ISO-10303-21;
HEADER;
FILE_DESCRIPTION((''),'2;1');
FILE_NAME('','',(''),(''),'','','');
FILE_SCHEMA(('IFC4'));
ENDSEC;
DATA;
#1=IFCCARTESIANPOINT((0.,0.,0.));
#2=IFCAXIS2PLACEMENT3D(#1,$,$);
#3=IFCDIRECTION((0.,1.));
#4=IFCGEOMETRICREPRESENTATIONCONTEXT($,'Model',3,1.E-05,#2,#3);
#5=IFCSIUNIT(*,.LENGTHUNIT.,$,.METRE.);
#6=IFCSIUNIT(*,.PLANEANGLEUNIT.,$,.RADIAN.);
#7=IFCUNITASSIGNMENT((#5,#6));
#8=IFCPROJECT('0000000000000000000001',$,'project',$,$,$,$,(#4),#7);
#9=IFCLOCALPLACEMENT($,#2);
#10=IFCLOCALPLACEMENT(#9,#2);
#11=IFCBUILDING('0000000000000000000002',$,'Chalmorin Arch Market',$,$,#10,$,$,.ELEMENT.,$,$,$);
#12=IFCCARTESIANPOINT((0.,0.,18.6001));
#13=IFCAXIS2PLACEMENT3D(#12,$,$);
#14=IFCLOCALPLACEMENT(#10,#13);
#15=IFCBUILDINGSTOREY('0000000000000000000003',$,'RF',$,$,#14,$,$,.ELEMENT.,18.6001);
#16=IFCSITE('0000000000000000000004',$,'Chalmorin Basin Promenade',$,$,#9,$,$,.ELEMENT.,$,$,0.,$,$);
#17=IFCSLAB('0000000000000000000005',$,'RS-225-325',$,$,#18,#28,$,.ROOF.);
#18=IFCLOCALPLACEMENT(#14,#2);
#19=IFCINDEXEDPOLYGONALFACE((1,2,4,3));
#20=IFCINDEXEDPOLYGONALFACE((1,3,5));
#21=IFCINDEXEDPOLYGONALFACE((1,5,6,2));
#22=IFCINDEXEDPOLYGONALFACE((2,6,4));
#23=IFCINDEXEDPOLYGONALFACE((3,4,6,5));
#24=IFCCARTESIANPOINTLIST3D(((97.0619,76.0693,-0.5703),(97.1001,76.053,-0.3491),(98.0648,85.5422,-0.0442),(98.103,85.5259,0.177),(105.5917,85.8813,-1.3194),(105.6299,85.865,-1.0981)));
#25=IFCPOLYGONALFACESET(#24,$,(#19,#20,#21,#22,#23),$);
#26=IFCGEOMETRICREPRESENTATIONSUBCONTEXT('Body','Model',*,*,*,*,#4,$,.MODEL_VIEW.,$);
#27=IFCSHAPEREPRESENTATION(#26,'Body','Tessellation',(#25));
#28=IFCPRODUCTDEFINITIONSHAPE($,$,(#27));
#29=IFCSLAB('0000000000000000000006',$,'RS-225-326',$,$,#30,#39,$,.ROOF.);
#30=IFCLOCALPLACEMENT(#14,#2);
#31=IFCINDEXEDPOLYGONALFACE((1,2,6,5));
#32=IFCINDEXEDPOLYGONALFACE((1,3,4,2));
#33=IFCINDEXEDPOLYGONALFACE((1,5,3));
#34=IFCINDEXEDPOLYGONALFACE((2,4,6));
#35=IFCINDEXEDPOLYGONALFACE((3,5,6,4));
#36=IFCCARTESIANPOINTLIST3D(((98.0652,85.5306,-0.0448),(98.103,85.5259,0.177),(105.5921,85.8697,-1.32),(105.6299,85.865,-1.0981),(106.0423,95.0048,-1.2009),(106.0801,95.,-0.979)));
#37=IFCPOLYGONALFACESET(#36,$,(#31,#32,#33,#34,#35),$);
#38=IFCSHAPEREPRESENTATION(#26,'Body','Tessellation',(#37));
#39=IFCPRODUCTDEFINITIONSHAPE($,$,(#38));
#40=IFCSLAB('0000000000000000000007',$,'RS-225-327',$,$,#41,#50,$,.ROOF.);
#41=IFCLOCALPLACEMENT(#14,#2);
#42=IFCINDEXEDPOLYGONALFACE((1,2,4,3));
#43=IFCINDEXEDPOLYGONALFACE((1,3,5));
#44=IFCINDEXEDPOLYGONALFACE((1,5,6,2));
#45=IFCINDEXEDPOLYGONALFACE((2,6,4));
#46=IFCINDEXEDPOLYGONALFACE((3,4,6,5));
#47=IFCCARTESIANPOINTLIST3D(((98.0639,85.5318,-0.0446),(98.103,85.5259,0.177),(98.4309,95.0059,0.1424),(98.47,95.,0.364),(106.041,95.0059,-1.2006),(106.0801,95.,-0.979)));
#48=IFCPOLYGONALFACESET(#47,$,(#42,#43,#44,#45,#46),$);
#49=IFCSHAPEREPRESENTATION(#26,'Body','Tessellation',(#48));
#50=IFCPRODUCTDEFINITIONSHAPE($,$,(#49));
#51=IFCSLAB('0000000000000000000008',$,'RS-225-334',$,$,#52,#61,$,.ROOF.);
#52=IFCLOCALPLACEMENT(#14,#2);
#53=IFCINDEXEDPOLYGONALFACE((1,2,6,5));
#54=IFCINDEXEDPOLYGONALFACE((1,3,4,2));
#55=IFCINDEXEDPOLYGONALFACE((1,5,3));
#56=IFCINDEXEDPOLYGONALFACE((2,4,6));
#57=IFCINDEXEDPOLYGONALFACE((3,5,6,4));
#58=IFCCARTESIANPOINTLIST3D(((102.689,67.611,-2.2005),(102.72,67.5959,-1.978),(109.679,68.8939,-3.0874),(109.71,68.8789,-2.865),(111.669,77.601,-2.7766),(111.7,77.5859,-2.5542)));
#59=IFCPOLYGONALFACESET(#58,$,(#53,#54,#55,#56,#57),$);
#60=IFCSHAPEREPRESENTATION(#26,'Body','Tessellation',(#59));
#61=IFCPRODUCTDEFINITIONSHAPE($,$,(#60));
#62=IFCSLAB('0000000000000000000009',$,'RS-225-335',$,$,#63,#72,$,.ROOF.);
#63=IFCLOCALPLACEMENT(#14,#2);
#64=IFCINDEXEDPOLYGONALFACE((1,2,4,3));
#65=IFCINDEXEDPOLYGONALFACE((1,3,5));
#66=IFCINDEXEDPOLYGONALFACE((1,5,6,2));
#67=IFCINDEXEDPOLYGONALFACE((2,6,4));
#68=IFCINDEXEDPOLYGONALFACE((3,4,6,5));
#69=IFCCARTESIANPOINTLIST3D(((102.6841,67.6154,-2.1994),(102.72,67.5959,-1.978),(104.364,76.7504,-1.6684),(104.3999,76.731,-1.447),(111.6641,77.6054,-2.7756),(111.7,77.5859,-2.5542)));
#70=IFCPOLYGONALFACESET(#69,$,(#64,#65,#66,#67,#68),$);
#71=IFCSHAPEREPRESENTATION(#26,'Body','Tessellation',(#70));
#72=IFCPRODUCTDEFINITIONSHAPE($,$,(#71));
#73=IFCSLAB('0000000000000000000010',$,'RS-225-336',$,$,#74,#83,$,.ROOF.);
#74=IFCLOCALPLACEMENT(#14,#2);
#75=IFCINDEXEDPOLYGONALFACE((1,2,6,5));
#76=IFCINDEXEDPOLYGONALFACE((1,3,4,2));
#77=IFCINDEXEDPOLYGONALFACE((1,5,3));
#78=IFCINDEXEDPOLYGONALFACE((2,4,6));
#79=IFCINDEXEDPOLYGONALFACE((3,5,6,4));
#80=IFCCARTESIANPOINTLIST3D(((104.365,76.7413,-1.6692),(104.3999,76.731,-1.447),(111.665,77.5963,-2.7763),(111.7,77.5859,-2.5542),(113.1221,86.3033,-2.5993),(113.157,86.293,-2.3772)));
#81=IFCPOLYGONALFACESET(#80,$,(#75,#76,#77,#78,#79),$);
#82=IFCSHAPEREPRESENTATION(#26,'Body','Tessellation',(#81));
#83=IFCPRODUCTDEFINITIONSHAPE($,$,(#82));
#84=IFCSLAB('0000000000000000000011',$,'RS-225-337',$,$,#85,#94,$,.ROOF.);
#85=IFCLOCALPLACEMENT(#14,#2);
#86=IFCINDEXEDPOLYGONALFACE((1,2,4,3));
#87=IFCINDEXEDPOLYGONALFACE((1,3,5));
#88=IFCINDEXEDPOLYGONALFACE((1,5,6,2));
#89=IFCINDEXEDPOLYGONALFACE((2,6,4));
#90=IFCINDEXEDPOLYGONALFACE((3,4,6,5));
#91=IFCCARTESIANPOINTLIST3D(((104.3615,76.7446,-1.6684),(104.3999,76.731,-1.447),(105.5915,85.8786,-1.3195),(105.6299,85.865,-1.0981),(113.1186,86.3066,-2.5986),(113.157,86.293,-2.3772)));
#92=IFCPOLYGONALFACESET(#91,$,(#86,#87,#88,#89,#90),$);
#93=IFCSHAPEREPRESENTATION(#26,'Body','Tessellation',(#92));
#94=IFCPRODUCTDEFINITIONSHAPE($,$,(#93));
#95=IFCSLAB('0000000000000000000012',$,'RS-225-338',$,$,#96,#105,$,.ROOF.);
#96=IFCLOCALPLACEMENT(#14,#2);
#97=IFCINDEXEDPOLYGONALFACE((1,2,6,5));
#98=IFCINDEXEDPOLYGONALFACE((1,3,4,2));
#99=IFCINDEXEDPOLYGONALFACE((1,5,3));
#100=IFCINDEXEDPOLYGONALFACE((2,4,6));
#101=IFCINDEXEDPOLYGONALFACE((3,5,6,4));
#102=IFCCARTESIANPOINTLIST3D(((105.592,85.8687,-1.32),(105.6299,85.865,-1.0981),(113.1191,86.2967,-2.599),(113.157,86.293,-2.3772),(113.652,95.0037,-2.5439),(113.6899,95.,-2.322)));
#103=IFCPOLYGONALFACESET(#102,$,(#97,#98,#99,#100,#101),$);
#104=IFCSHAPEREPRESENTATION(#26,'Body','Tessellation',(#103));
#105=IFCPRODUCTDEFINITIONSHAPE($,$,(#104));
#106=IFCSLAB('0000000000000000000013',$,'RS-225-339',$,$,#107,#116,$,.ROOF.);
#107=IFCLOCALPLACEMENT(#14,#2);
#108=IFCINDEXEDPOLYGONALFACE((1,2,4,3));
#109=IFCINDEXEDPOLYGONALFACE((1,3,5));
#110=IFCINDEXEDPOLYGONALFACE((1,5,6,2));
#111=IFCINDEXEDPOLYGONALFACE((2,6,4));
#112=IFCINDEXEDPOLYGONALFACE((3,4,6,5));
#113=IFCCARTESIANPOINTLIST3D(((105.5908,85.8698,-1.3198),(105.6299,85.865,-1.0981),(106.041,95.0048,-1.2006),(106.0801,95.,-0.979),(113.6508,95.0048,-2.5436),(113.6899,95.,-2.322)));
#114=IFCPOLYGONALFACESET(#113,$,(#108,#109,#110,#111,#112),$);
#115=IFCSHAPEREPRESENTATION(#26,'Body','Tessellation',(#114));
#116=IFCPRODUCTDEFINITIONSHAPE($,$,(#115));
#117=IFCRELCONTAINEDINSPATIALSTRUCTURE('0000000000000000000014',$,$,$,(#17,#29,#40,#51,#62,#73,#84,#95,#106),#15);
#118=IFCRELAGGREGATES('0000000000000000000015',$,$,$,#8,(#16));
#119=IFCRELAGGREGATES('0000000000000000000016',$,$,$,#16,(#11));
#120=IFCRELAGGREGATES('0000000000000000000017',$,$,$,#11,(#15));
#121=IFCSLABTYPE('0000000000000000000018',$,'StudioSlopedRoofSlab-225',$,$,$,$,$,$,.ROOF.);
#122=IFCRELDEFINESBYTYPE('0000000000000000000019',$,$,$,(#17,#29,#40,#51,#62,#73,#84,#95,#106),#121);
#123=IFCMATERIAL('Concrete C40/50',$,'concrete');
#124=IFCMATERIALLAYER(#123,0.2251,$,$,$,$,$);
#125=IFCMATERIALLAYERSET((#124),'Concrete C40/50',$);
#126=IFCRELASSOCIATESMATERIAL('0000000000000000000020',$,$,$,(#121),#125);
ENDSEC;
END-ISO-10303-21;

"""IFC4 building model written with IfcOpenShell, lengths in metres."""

from ifc_helpers import new_model, si_unit, direction, frame, origin, place, context, subcontext, project, spatial, polyline, outline, extrude, material, layer, layer_set, type_object, element, save


model = new_model("IFC4")

# Units and contexts
model_context = context("Model", 3, precision=1e-05, world=origin(), true_north=direction((0.0, 1.0)))
body_context = subcontext(model_context, "Body", "Model", "MODEL_VIEW")
ifc_project = project(units=[si_unit("LENGTHUNIT", "METRE"), si_unit("PLANEANGLEUNIT", "RADIAN")], contexts=[model_context])

# Site, building, storey
site_placement = place(None, origin())
site = spatial("IfcSite", under=ifc_project, at=site_placement, Name="Chalmorin Basin Promenade", CompositionType="ELEMENT", RefElevation=0.0)
building_placement = place(site_placement, origin())
building = spatial("IfcBuilding", under=site, at=building_placement, Name="Chalmorin Arch Market", CompositionType="ELEMENT")
storey_placement = place(building_placement, frame((0.0, 0.0, 18.6001)))
storey = spatial("IfcBuildingStorey", under=building, at=storey_placement, Name="RF", CompositionType="ELEMENT", Elevation=18.6001)

# Shared definitions
ifc_material = material(Name="Concrete C40/50", Category="concrete")

# Slabs
ifc_layer = layer(ifc_material, 0.2251)
ifc_layer_set = layer_set([ifc_layer], Name="Concrete C40/50")
slab_type = type_object("IfcSlabType", Name="StudioSlopedRoofSlab-225", PredefinedType="ROOF", material=ifc_layer_set)
slab_1_placement = place(storey_placement, frame((97.1001, 76.053, -0.3491), z_axis=(0.16977, -0.072559, 0.982809), x_axis=(0.654988, 0.753448, -0.057516)))
element("IfcSlab", 1, at=slab_1_placement, inside=storey, type_object=slab_type, Name="RS-225-325", PredefinedType="ROOF", context=body_context, shape_type="SweptSolid", body=[
    extrude(outline(polyline([(0.0, 0.0), (13.0228, 0.0), (7.764, 5.5443), (0.0, 0.0)])), origin(), (0.0, 0.0, -1.0), 0.2251),
])
slab_2_placement = place(storey_placement, frame((98.103, 85.5259, 0.177), z_axis=(0.167921, -0.02113, 0.985574), x_axis=(0.98498, 0.044377, -0.166868)))
element("IfcSlab", 2, at=slab_2_placement, inside=storey, type_object=slab_type, Name="RS-225-326", PredefinedType="ROOF", context=body_context, shape_type="SweptSolid", body=[
    extrude(outline(polyline([(0.0, 0.0), (7.6416, 0.0), (8.4706, 9.1092), (0.0, 0.0)])), origin(), (0.0, 0.0, -1.0), 0.2251),
])
slab_3_placement = place(storey_placement, frame((98.103, 85.5259, 0.177), z_axis=(0.173733, -0.026161, 0.984445), x_axis=(0.641294, 0.761647, -0.092934)))
element("IfcSlab", 3, at=slab_3_placement, inside=storey, type_object=slab_type, Name="RS-225-327", PredefinedType="ROOF", context=body_context, shape_type="SweptSolid", body=[
    extrude(outline(polyline([(0.0, 0.0), (12.439, 0.0), (7.4339, 5.8878), (0.0, 0.0)])), origin(), (0.0, 0.0, -1.0), 0.2251),
])
slab_4_placement = place(storey_placement, frame((102.72, 67.5959, -1.978), z_axis=(0.137645, -0.066733, 0.988231), x_axis=(0.975998, 0.179137, -0.123845)))
element("IfcSlab", 4, at=slab_4_placement, inside=storey, type_object=slab_type, Name="RS-225-334", PredefinedType="ROOF", context=body_context, shape_type="SweptSolid", body=[
    extrude(outline(polyline([(0.0, 0.0), (7.1619, 0.0), (10.6254, 8.2385), (0.0, 0.0)])), origin(), (0.0, 0.0, -1.0), 0.2251),
])
slab_5_placement = place(storey_placement, frame((102.72, 67.5959, -1.978), z_axis=(0.159282, -0.086458, 0.98344), x_axis=(0.667898, 0.743018, -0.042854)))
element("IfcSlab", 5, at=slab_5_placement, inside=storey, type_object=slab_type, Name="RS-225-335", PredefinedType="ROOF", context=body_context, shape_type="SweptSolid", body=[
    extrude(outline(polyline([(0.0, 0.0), (13.4451, 0.0), (7.8867, 4.9348), (0.0, 0.0)])), origin(), (0.0, 0.0, -1.0), 0.2251),
])
slab_6_placement = place(storey_placement, frame((104.3999, 76.731, -1.447), z_axis=(0.155059, -0.046008, 0.986833), x_axis=(0.982131, 0.115027, -0.148957)))
element("IfcSlab", 6, at=slab_6_placement, inside=storey, type_object=slab_type, Name="RS-225-336", PredefinedType="ROOF", context=body_context, shape_type="SweptSolid", body=[
    extrude(outline(polyline([(0.0, 0.0), (7.4329, 0.0), (9.839, 8.4957), (0.0, 0.0)])), origin(), (0.0, 0.0, -1.0), 0.2251),
])
slab_7_placement = place(storey_placement, frame((104.3999, 76.731, -1.447), z_axis=(0.170562, -0.060532, 0.983486), x_axis=(0.673654, 0.735575, -0.071555)))
element("IfcSlab", 7, at=slab_7_placement, inside=storey, type_object=slab_type, Name="RS-225-337", PredefinedType="ROOF", context=body_context, shape_type="SweptSolid", body=[
    extrude(outline(polyline([(0.0, 0.0), (12.9994, 0.0), (7.5224, 5.3366), (0.0, 0.0)])), origin(), (0.0, 0.0, -1.0), 0.2251),
])
slab_8_placement = place(storey_placement, frame((105.6299, 85.865, -1.0981), z_axis=(0.168417, -0.016554, 0.985577), x_axis=(0.984323, 0.055967, -0.167262)))
element("IfcSlab", 8, at=slab_8_placement, inside=storey, type_object=slab_type, Name="RS-225-338", PredefinedType="ROOF", context=body_context, shape_type="SweptSolid", body=[
    extrude(outline(polyline([(0.0, 0.0), (7.647, 0.0), (8.6497, 8.6657), (0.0, 0.0)])), origin(), (0.0, 0.0, -1.0), 0.2251),
])
slab_9_placement = place(storey_placement, frame((105.6299, 85.865, -1.0981), z_axis=(0.173758, -0.021404, 0.984556), x_axis=(0.658297, 0.746092, -0.099959)))
element("IfcSlab", 9, at=slab_9_placement, inside=storey, type_object=slab_type, Name="RS-225-339", PredefinedType="ROOF", context=body_context, shape_type="SweptSolid", body=[
    extrude(outline(polyline([(0.0, 0.0), (12.2438, 0.0), (7.1, 5.7667), (0.0, 0.0)])), origin(), (0.0, 0.0, -1.0), 0.2251),
])

save(model, "model.ifc")
